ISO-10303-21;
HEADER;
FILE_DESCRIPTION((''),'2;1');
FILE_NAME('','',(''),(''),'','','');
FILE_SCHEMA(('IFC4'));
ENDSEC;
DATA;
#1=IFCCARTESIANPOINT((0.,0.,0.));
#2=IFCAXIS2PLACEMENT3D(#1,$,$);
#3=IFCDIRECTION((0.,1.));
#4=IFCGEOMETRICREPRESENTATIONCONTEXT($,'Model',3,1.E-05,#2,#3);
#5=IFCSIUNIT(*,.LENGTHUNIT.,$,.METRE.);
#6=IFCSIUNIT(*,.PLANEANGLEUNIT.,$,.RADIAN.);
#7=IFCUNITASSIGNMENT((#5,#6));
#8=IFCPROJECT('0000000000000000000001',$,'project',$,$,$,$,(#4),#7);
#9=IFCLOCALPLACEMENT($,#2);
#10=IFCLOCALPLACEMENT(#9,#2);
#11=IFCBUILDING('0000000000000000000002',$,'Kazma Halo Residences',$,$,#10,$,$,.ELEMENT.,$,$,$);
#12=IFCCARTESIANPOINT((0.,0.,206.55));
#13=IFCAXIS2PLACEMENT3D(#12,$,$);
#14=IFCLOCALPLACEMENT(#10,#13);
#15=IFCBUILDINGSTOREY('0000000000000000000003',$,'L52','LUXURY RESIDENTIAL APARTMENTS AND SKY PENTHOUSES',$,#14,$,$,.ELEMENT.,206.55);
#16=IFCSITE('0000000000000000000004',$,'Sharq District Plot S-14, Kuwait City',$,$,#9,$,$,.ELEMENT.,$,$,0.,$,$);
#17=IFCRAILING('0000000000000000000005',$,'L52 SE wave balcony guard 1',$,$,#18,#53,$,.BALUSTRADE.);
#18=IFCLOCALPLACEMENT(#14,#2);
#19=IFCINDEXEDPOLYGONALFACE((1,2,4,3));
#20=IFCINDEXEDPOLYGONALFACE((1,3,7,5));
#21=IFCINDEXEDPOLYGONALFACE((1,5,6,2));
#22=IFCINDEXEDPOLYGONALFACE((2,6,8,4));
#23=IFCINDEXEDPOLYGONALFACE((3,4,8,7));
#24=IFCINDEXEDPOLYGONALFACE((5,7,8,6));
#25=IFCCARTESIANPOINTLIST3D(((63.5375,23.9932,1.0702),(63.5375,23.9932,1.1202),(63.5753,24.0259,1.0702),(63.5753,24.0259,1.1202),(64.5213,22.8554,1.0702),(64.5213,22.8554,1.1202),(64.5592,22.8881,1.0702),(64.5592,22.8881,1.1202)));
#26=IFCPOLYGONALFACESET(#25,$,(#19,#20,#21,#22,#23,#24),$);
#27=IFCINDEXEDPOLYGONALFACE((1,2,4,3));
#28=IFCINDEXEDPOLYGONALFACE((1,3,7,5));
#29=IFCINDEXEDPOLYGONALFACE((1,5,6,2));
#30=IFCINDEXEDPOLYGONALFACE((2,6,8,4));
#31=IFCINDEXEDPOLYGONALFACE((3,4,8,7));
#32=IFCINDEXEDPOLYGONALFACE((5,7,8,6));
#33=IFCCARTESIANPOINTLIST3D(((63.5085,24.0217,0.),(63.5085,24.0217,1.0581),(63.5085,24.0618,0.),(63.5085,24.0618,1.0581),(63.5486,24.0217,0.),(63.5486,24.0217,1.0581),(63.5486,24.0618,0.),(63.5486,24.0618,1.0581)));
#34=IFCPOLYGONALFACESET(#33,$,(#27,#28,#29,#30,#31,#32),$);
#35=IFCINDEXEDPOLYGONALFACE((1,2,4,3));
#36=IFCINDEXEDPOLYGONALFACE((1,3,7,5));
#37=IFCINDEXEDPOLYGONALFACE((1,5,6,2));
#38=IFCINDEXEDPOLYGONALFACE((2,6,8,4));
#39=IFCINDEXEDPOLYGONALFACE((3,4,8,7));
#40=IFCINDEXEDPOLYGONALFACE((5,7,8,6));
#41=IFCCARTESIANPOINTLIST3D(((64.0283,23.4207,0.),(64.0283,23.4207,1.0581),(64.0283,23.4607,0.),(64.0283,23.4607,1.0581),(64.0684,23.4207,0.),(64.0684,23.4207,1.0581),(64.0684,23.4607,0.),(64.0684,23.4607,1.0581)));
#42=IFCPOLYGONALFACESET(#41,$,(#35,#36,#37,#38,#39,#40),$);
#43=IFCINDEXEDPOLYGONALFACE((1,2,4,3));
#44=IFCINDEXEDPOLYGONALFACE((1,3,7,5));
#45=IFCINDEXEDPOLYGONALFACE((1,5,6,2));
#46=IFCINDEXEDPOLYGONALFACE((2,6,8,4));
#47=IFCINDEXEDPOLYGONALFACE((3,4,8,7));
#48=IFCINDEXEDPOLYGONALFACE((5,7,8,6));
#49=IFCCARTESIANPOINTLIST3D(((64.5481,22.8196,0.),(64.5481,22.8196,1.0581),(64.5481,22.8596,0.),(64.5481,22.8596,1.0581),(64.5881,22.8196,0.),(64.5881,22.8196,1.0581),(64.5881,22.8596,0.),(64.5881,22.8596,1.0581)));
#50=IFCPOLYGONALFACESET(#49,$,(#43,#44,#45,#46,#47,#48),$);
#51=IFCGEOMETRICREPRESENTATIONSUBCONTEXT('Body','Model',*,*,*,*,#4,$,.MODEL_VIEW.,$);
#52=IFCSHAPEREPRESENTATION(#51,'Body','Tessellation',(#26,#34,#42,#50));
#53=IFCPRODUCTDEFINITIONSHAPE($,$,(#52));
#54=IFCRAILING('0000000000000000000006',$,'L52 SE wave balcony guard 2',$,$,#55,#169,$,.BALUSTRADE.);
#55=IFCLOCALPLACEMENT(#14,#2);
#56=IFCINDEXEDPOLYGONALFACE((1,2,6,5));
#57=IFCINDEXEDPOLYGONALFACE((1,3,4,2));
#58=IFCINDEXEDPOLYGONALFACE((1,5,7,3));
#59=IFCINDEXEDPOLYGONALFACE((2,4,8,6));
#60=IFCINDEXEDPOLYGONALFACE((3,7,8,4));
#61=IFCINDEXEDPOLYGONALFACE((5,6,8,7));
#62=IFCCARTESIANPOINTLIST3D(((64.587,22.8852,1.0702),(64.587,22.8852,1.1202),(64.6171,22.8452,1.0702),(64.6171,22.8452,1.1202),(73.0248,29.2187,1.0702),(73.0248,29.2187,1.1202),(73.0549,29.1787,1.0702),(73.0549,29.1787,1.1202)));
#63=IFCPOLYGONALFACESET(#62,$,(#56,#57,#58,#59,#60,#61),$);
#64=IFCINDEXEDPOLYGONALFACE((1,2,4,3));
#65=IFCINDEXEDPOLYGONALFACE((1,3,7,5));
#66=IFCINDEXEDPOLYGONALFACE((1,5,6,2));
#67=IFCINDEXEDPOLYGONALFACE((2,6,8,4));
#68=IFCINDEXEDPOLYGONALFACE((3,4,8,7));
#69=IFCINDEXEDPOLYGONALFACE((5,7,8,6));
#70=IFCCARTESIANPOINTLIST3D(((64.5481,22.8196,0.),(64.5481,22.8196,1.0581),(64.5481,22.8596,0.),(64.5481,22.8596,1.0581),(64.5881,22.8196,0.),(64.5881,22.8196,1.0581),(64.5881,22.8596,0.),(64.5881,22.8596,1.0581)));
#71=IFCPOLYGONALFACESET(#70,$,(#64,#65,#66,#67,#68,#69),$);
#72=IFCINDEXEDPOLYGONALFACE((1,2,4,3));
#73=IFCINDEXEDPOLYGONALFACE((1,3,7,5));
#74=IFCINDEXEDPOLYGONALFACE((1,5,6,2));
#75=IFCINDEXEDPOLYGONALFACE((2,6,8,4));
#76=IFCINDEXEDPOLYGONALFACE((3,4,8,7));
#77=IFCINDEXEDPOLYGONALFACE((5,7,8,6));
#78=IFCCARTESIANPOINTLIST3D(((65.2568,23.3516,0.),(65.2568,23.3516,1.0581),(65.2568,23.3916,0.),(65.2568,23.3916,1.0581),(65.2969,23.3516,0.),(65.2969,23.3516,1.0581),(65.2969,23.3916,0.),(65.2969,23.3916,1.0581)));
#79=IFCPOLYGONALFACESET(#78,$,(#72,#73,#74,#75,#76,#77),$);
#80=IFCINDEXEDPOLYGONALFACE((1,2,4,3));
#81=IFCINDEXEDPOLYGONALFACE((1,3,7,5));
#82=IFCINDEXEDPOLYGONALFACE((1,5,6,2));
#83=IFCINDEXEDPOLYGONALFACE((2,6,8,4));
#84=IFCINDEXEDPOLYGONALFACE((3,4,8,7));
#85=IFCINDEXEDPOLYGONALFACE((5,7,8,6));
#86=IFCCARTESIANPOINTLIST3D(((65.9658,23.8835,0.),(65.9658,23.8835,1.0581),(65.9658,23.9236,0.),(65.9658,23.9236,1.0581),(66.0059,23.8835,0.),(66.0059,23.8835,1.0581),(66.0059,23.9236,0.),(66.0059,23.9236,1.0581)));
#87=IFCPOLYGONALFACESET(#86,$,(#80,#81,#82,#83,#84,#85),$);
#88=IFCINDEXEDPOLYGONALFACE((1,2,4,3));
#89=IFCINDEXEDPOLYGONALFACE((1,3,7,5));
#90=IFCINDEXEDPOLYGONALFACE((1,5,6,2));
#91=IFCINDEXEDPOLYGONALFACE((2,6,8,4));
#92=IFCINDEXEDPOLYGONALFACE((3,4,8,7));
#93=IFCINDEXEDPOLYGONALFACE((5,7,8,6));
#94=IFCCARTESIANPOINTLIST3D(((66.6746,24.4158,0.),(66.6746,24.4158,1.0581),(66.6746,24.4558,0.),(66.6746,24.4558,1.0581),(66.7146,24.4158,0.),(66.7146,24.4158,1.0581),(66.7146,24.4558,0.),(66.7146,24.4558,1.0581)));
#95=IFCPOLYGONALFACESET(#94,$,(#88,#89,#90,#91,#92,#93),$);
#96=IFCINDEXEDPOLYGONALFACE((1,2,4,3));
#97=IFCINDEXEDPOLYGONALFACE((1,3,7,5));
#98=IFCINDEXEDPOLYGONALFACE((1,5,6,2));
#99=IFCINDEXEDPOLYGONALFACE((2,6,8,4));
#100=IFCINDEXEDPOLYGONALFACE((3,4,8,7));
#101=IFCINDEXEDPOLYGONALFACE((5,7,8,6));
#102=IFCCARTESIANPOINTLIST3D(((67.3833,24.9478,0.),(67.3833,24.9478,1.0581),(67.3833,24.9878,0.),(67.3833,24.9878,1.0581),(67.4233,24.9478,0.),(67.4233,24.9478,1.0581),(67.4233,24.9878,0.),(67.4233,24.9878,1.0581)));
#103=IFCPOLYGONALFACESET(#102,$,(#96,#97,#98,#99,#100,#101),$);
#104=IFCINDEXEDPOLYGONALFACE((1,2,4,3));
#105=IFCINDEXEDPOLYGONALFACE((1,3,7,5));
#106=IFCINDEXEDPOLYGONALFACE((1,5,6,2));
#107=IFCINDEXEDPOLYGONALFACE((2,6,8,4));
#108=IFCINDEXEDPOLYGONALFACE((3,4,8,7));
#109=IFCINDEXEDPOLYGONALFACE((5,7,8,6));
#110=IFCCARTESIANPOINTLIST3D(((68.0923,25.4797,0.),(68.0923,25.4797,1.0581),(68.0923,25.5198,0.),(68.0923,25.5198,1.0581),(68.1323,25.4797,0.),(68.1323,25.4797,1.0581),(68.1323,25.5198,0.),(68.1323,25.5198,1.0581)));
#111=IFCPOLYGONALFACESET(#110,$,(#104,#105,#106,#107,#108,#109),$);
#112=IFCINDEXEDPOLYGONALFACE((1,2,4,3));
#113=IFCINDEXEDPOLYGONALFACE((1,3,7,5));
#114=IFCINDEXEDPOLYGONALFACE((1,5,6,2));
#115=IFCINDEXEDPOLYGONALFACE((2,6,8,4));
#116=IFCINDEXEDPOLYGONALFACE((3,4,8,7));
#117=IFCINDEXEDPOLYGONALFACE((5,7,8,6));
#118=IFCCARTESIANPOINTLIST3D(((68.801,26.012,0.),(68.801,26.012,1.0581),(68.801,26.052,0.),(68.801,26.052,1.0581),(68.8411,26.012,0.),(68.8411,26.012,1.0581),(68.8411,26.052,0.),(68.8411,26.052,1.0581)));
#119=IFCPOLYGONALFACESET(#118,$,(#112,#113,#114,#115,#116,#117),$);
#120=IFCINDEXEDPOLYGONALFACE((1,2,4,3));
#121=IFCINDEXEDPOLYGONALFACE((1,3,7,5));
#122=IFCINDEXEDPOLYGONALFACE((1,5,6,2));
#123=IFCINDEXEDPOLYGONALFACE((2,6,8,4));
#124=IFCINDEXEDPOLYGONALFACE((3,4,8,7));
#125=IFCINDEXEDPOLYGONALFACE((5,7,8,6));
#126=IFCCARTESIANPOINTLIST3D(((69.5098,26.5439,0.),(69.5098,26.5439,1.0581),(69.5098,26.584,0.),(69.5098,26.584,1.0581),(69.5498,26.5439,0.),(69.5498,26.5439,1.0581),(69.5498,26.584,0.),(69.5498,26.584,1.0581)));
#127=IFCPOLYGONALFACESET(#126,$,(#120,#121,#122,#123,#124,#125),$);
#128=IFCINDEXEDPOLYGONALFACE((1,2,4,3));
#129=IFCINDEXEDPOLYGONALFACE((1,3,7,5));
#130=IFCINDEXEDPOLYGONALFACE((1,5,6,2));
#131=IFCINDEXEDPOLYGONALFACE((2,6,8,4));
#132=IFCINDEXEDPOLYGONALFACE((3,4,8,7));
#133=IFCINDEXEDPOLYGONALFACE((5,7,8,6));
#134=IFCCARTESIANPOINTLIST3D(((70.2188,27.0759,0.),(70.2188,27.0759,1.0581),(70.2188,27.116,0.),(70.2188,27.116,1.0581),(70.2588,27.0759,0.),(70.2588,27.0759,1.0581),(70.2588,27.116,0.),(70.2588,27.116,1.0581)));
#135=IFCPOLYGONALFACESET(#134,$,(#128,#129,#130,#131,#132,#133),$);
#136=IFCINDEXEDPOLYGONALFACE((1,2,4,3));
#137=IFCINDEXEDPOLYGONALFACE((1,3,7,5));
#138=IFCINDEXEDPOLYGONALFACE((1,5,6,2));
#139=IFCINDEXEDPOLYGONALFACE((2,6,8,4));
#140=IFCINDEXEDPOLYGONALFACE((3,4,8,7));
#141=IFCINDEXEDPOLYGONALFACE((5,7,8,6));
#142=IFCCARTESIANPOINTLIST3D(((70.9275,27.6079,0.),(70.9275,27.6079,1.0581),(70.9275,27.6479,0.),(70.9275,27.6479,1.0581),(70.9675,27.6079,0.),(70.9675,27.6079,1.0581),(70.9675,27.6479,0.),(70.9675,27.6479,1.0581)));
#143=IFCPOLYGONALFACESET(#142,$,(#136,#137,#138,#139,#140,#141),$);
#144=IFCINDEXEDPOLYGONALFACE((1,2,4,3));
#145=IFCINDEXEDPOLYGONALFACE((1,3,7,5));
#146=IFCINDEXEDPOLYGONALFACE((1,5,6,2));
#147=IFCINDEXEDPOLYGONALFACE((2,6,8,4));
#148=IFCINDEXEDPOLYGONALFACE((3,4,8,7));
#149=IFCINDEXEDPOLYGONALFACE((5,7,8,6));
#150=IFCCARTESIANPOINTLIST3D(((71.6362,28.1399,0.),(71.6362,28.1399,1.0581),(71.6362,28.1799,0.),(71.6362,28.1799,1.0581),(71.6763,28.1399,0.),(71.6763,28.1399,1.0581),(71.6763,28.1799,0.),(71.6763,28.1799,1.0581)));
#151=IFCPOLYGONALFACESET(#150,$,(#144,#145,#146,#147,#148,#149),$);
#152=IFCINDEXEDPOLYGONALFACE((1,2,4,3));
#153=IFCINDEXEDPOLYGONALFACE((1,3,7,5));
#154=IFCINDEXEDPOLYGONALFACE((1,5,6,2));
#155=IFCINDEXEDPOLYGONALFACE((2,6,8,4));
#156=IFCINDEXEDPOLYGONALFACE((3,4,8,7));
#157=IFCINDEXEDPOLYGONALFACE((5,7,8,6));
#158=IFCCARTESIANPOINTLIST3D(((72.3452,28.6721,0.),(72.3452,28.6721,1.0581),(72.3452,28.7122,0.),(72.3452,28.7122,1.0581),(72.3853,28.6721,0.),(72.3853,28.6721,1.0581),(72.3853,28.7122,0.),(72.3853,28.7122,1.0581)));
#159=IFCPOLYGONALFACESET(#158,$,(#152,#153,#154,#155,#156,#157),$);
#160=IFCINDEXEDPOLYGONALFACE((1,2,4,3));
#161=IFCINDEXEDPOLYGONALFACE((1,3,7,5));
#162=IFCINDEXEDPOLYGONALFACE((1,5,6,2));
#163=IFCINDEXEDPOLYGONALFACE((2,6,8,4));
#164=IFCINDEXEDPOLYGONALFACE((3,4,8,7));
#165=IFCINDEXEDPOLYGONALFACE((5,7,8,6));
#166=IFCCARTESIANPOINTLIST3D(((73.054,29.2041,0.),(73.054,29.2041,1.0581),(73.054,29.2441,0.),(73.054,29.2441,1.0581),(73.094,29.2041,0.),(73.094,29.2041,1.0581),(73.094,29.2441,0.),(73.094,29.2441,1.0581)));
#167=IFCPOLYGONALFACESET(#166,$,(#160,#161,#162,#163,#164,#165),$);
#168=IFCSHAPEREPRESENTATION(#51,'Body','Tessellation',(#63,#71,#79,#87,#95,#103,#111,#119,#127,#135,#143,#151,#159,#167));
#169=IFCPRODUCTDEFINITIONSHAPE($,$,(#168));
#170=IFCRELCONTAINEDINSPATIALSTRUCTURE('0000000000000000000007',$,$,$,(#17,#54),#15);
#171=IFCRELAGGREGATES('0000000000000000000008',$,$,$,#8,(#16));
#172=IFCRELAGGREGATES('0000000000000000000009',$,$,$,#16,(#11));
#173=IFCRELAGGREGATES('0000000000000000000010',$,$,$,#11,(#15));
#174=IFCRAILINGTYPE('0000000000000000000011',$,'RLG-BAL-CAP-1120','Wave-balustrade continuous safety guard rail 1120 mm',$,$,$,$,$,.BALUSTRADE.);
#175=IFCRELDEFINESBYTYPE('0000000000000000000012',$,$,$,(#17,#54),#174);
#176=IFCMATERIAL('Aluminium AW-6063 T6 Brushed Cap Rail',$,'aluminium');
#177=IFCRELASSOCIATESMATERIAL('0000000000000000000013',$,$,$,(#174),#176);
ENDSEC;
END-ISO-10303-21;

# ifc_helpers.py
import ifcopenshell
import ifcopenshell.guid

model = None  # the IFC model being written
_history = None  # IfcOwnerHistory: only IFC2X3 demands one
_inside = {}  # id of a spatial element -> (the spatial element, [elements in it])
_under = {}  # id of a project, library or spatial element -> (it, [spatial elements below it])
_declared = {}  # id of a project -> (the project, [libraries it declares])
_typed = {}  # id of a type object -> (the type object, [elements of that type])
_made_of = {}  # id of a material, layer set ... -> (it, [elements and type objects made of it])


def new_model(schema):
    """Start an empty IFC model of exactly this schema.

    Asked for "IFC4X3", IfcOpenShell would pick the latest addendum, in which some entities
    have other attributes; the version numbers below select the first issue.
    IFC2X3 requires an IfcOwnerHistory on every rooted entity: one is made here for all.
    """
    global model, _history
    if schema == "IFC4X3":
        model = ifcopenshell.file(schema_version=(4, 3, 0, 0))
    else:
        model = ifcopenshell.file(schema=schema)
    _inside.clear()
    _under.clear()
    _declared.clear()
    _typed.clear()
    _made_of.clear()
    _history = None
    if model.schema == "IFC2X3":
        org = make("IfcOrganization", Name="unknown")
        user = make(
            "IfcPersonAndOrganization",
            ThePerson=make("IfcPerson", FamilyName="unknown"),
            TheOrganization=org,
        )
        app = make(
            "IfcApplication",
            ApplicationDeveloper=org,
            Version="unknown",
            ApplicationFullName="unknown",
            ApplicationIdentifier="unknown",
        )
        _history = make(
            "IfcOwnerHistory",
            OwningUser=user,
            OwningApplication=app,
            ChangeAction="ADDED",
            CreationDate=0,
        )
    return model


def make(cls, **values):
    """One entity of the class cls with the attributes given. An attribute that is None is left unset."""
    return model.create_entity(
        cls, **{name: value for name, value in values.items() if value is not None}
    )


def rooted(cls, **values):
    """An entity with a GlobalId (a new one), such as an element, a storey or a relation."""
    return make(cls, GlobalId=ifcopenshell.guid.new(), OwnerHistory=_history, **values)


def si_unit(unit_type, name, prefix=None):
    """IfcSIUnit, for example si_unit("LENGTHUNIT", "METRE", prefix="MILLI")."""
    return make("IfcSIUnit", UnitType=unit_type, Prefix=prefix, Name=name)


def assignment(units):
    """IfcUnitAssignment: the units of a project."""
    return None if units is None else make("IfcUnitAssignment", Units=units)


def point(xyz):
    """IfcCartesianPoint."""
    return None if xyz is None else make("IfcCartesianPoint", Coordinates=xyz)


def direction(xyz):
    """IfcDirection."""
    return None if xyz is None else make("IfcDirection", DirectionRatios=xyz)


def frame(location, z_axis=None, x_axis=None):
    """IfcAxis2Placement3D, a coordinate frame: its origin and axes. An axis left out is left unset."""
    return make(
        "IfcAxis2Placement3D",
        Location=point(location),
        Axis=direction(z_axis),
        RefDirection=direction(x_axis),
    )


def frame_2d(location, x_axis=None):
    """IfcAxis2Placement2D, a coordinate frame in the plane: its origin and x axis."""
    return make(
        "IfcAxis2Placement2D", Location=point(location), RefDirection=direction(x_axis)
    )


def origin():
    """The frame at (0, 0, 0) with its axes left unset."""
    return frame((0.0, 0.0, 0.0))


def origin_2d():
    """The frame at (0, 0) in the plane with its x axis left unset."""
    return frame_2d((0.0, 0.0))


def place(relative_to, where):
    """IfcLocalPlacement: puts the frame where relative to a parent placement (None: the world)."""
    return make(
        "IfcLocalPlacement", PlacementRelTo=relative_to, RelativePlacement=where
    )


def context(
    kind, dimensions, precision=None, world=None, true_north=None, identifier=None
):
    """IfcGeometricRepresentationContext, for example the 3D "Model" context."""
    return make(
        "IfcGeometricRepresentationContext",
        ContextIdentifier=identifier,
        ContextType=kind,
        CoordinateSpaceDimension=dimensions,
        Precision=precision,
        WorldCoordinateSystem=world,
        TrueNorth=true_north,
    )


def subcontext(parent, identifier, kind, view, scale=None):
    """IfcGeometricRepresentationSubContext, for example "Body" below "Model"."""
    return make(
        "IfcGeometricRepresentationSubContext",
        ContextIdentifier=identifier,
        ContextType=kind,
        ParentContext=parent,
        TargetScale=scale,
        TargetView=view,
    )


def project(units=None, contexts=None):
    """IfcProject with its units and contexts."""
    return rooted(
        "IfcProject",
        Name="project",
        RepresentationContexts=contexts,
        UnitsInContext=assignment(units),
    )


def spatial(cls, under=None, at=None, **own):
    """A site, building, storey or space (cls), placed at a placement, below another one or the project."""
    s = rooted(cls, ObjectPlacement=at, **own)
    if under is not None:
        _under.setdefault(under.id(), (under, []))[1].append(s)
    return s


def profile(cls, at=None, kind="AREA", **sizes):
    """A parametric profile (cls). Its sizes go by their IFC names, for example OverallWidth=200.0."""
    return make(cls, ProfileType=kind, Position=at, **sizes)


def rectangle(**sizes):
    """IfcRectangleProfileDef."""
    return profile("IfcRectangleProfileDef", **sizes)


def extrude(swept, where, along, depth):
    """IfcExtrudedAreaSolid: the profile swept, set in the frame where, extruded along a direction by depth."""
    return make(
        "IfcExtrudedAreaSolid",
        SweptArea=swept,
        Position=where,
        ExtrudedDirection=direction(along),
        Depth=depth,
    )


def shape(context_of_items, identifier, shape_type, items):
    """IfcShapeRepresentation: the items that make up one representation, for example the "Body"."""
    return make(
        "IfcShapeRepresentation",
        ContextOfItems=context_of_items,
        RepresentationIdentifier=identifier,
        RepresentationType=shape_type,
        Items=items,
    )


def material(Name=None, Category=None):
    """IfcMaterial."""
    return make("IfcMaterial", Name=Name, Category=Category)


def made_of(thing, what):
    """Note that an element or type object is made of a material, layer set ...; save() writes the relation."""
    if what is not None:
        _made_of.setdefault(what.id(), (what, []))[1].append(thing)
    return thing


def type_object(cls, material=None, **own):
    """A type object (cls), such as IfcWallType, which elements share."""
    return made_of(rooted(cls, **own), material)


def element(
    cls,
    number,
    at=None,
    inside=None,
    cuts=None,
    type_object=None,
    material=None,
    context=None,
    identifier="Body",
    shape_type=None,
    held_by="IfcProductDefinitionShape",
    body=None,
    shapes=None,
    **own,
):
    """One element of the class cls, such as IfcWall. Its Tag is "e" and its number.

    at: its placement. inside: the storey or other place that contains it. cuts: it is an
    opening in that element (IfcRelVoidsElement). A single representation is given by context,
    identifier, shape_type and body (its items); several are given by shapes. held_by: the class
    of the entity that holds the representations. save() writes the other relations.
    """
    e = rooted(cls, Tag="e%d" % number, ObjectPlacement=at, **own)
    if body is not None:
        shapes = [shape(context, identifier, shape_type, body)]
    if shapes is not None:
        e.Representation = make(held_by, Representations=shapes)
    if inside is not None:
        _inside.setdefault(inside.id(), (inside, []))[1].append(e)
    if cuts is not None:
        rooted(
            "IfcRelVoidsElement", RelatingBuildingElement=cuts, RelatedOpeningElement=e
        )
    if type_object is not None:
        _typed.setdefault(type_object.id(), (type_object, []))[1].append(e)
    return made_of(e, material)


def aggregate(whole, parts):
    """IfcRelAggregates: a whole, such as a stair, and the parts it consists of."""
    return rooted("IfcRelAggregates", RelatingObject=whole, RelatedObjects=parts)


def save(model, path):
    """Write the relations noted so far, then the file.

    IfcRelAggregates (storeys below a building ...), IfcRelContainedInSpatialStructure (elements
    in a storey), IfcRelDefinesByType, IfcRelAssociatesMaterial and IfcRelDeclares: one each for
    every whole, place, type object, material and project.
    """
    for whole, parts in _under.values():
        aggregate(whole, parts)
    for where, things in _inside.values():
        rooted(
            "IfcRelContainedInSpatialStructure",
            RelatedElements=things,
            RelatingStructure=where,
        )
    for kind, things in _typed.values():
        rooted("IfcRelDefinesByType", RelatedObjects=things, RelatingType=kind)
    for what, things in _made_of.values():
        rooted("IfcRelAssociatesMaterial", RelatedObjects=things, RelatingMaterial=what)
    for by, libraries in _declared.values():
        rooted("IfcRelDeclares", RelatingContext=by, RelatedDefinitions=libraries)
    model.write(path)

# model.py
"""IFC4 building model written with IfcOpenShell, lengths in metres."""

from ifc_helpers import new_model, si_unit, direction, frame, origin, origin_2d, place, context, subcontext, project, spatial, rectangle, extrude, material, type_object, element, save


model = new_model("IFC4")

# Units and contexts
model_context = context("Model", 3, precision=1e-05, world=origin(), true_north=direction((0.0, 1.0)))
body_context = subcontext(model_context, "Body", "Model", "MODEL_VIEW")
ifc_project = project(units=[si_unit("LENGTHUNIT", "METRE"), si_unit("PLANEANGLEUNIT", "RADIAN")], contexts=[model_context])

# Site, building, storey
site_placement = place(None, origin())
site = spatial("IfcSite", under=ifc_project, at=site_placement, Name="Sharq District Plot S-14, Kuwait City", CompositionType="ELEMENT", RefElevation=0.0)
building_placement = place(site_placement, origin())
building = spatial("IfcBuilding", under=site, at=building_placement, Name="Kazma Halo Residences", CompositionType="ELEMENT")
storey_placement = place(building_placement, frame((0.0, 0.0, 206.55)))
storey = spatial("IfcBuildingStorey", under=building, at=storey_placement, Name="L52", Description="LUXURY RESIDENTIAL APARTMENTS AND SKY PENTHOUSES", CompositionType="ELEMENT", Elevation=206.55)

# Railings
ifc_material_1 = material(Name="Aluminium AW-6063 T6 Brushed Cap Rail", Category="aluminium")
railing_type = type_object("IfcRailingType", Name="RLG-BAL-CAP-1120", Description="Wave-balustrade continuous safety guard rail 1120 mm", PredefinedType="BALUSTRADE", material=ifc_material_1)
railing_1_placement = place(storey_placement, frame((63.5286, 24.0417, 0.0)))
element("IfcRailing", 1, at=railing_1_placement, inside=storey, type_object=railing_type, Name="L52 SE wave balcony guard 1", PredefinedType="BALUSTRADE", context=body_context, shape_type="SweptSolid", body=[
    extrude(rectangle(XDim=0.05, YDim=0.05, at=origin_2d()), frame((0.0278, -0.0322, 1.0952), z_axis=(0.6541, -0.756408, 0.0), x_axis=(0.756408, 0.6541, 0.0)), (0.0, 0.0, 1.0), 1.5042),
    extrude(rectangle(XDim=0.04, YDim=0.04, at=origin_2d()), origin(), (0.0, 0.0, 1.0), 1.0581),
    extrude(rectangle(XDim=0.04, YDim=0.04, at=origin_2d()), frame((0.5198, -0.6011, 0.0)), (0.0, 0.0, 1.0), 1.0581),
    extrude(rectangle(XDim=0.04, YDim=0.04, at=origin_2d()), frame((1.0396, -1.2021, 0.0)), (0.0, 0.0, 1.0), 1.0581),
])
railing_2_placement = place(storey_placement, frame((64.5681, 22.8396, 0.0)))
element("IfcRailing", 2, at=railing_2_placement, inside=storey, type_object=railing_type, Name="L52 SE wave balcony guard 2", PredefinedType="BALUSTRADE", context=body_context, shape_type="SweptSolid", body=[
    extrude(rectangle(XDim=0.05, YDim=0.05, at=origin_2d()), frame((0.0339, 0.0256, 1.0952), z_axis=(0.799769, 0.600308, 0.0), x_axis=(-0.600308, 0.799769, 0.0)), (0.0, 0.0, 1.0), 10.5503),
    extrude(rectangle(XDim=0.04, YDim=0.04, at=origin_2d()), origin(), (0.0, 0.0, 1.0), 1.0581),
    extrude(rectangle(XDim=0.04, YDim=0.04, at=origin_2d()), frame((0.7087, 0.532, 0.0)), (0.0, 0.0, 1.0), 1.0581),
    extrude(rectangle(XDim=0.04, YDim=0.04, at=origin_2d()), frame((1.4177, 1.064, 0.0)), (0.0, 0.0, 1.0), 1.0581),
    extrude(rectangle(XDim=0.04, YDim=0.04, at=origin_2d()), frame((2.1265, 1.5962, 0.0)), (0.0, 0.0, 1.0), 1.0581),
    extrude(rectangle(XDim=0.04, YDim=0.04, at=origin_2d()), frame((2.8352, 2.1282, 0.0)), (0.0, 0.0, 1.0), 1.0581),
    extrude(rectangle(XDim=0.04, YDim=0.04, at=origin_2d()), frame((3.5442, 2.6602, 0.0)), (0.0, 0.0, 1.0), 1.0581),
    extrude(rectangle(XDim=0.04, YDim=0.04, at=origin_2d()), frame((4.2529, 3.1924, 0.0)), (0.0, 0.0, 1.0), 1.0581),
    extrude(rectangle(XDim=0.04, YDim=0.04, at=origin_2d()), frame((4.9617, 3.7244, 0.0)), (0.0, 0.0, 1.0), 1.0581),
    extrude(rectangle(XDim=0.04, YDim=0.04, at=origin_2d()), frame((5.6707, 4.2563, 0.0)), (0.0, 0.0, 1.0), 1.0581),
    extrude(rectangle(XDim=0.04, YDim=0.04, at=origin_2d()), frame((6.3794, 4.7883, 0.0)), (0.0, 0.0, 1.0), 1.0581),
    extrude(rectangle(XDim=0.04, YDim=0.04, at=origin_2d()), frame((7.0881, 5.3203, 0.0)), (0.0, 0.0, 1.0), 1.0581),
    extrude(rectangle(XDim=0.04, YDim=0.04, at=origin_2d()), frame((7.7971, 5.8525, 0.0)), (0.0, 0.0, 1.0), 1.0581),
    extrude(rectangle(XDim=0.04, YDim=0.04, at=origin_2d()), frame((8.5059, 6.3845, 0.0)), (0.0, 0.0, 1.0), 1.0581),
])

save(model, "model.ifc")
